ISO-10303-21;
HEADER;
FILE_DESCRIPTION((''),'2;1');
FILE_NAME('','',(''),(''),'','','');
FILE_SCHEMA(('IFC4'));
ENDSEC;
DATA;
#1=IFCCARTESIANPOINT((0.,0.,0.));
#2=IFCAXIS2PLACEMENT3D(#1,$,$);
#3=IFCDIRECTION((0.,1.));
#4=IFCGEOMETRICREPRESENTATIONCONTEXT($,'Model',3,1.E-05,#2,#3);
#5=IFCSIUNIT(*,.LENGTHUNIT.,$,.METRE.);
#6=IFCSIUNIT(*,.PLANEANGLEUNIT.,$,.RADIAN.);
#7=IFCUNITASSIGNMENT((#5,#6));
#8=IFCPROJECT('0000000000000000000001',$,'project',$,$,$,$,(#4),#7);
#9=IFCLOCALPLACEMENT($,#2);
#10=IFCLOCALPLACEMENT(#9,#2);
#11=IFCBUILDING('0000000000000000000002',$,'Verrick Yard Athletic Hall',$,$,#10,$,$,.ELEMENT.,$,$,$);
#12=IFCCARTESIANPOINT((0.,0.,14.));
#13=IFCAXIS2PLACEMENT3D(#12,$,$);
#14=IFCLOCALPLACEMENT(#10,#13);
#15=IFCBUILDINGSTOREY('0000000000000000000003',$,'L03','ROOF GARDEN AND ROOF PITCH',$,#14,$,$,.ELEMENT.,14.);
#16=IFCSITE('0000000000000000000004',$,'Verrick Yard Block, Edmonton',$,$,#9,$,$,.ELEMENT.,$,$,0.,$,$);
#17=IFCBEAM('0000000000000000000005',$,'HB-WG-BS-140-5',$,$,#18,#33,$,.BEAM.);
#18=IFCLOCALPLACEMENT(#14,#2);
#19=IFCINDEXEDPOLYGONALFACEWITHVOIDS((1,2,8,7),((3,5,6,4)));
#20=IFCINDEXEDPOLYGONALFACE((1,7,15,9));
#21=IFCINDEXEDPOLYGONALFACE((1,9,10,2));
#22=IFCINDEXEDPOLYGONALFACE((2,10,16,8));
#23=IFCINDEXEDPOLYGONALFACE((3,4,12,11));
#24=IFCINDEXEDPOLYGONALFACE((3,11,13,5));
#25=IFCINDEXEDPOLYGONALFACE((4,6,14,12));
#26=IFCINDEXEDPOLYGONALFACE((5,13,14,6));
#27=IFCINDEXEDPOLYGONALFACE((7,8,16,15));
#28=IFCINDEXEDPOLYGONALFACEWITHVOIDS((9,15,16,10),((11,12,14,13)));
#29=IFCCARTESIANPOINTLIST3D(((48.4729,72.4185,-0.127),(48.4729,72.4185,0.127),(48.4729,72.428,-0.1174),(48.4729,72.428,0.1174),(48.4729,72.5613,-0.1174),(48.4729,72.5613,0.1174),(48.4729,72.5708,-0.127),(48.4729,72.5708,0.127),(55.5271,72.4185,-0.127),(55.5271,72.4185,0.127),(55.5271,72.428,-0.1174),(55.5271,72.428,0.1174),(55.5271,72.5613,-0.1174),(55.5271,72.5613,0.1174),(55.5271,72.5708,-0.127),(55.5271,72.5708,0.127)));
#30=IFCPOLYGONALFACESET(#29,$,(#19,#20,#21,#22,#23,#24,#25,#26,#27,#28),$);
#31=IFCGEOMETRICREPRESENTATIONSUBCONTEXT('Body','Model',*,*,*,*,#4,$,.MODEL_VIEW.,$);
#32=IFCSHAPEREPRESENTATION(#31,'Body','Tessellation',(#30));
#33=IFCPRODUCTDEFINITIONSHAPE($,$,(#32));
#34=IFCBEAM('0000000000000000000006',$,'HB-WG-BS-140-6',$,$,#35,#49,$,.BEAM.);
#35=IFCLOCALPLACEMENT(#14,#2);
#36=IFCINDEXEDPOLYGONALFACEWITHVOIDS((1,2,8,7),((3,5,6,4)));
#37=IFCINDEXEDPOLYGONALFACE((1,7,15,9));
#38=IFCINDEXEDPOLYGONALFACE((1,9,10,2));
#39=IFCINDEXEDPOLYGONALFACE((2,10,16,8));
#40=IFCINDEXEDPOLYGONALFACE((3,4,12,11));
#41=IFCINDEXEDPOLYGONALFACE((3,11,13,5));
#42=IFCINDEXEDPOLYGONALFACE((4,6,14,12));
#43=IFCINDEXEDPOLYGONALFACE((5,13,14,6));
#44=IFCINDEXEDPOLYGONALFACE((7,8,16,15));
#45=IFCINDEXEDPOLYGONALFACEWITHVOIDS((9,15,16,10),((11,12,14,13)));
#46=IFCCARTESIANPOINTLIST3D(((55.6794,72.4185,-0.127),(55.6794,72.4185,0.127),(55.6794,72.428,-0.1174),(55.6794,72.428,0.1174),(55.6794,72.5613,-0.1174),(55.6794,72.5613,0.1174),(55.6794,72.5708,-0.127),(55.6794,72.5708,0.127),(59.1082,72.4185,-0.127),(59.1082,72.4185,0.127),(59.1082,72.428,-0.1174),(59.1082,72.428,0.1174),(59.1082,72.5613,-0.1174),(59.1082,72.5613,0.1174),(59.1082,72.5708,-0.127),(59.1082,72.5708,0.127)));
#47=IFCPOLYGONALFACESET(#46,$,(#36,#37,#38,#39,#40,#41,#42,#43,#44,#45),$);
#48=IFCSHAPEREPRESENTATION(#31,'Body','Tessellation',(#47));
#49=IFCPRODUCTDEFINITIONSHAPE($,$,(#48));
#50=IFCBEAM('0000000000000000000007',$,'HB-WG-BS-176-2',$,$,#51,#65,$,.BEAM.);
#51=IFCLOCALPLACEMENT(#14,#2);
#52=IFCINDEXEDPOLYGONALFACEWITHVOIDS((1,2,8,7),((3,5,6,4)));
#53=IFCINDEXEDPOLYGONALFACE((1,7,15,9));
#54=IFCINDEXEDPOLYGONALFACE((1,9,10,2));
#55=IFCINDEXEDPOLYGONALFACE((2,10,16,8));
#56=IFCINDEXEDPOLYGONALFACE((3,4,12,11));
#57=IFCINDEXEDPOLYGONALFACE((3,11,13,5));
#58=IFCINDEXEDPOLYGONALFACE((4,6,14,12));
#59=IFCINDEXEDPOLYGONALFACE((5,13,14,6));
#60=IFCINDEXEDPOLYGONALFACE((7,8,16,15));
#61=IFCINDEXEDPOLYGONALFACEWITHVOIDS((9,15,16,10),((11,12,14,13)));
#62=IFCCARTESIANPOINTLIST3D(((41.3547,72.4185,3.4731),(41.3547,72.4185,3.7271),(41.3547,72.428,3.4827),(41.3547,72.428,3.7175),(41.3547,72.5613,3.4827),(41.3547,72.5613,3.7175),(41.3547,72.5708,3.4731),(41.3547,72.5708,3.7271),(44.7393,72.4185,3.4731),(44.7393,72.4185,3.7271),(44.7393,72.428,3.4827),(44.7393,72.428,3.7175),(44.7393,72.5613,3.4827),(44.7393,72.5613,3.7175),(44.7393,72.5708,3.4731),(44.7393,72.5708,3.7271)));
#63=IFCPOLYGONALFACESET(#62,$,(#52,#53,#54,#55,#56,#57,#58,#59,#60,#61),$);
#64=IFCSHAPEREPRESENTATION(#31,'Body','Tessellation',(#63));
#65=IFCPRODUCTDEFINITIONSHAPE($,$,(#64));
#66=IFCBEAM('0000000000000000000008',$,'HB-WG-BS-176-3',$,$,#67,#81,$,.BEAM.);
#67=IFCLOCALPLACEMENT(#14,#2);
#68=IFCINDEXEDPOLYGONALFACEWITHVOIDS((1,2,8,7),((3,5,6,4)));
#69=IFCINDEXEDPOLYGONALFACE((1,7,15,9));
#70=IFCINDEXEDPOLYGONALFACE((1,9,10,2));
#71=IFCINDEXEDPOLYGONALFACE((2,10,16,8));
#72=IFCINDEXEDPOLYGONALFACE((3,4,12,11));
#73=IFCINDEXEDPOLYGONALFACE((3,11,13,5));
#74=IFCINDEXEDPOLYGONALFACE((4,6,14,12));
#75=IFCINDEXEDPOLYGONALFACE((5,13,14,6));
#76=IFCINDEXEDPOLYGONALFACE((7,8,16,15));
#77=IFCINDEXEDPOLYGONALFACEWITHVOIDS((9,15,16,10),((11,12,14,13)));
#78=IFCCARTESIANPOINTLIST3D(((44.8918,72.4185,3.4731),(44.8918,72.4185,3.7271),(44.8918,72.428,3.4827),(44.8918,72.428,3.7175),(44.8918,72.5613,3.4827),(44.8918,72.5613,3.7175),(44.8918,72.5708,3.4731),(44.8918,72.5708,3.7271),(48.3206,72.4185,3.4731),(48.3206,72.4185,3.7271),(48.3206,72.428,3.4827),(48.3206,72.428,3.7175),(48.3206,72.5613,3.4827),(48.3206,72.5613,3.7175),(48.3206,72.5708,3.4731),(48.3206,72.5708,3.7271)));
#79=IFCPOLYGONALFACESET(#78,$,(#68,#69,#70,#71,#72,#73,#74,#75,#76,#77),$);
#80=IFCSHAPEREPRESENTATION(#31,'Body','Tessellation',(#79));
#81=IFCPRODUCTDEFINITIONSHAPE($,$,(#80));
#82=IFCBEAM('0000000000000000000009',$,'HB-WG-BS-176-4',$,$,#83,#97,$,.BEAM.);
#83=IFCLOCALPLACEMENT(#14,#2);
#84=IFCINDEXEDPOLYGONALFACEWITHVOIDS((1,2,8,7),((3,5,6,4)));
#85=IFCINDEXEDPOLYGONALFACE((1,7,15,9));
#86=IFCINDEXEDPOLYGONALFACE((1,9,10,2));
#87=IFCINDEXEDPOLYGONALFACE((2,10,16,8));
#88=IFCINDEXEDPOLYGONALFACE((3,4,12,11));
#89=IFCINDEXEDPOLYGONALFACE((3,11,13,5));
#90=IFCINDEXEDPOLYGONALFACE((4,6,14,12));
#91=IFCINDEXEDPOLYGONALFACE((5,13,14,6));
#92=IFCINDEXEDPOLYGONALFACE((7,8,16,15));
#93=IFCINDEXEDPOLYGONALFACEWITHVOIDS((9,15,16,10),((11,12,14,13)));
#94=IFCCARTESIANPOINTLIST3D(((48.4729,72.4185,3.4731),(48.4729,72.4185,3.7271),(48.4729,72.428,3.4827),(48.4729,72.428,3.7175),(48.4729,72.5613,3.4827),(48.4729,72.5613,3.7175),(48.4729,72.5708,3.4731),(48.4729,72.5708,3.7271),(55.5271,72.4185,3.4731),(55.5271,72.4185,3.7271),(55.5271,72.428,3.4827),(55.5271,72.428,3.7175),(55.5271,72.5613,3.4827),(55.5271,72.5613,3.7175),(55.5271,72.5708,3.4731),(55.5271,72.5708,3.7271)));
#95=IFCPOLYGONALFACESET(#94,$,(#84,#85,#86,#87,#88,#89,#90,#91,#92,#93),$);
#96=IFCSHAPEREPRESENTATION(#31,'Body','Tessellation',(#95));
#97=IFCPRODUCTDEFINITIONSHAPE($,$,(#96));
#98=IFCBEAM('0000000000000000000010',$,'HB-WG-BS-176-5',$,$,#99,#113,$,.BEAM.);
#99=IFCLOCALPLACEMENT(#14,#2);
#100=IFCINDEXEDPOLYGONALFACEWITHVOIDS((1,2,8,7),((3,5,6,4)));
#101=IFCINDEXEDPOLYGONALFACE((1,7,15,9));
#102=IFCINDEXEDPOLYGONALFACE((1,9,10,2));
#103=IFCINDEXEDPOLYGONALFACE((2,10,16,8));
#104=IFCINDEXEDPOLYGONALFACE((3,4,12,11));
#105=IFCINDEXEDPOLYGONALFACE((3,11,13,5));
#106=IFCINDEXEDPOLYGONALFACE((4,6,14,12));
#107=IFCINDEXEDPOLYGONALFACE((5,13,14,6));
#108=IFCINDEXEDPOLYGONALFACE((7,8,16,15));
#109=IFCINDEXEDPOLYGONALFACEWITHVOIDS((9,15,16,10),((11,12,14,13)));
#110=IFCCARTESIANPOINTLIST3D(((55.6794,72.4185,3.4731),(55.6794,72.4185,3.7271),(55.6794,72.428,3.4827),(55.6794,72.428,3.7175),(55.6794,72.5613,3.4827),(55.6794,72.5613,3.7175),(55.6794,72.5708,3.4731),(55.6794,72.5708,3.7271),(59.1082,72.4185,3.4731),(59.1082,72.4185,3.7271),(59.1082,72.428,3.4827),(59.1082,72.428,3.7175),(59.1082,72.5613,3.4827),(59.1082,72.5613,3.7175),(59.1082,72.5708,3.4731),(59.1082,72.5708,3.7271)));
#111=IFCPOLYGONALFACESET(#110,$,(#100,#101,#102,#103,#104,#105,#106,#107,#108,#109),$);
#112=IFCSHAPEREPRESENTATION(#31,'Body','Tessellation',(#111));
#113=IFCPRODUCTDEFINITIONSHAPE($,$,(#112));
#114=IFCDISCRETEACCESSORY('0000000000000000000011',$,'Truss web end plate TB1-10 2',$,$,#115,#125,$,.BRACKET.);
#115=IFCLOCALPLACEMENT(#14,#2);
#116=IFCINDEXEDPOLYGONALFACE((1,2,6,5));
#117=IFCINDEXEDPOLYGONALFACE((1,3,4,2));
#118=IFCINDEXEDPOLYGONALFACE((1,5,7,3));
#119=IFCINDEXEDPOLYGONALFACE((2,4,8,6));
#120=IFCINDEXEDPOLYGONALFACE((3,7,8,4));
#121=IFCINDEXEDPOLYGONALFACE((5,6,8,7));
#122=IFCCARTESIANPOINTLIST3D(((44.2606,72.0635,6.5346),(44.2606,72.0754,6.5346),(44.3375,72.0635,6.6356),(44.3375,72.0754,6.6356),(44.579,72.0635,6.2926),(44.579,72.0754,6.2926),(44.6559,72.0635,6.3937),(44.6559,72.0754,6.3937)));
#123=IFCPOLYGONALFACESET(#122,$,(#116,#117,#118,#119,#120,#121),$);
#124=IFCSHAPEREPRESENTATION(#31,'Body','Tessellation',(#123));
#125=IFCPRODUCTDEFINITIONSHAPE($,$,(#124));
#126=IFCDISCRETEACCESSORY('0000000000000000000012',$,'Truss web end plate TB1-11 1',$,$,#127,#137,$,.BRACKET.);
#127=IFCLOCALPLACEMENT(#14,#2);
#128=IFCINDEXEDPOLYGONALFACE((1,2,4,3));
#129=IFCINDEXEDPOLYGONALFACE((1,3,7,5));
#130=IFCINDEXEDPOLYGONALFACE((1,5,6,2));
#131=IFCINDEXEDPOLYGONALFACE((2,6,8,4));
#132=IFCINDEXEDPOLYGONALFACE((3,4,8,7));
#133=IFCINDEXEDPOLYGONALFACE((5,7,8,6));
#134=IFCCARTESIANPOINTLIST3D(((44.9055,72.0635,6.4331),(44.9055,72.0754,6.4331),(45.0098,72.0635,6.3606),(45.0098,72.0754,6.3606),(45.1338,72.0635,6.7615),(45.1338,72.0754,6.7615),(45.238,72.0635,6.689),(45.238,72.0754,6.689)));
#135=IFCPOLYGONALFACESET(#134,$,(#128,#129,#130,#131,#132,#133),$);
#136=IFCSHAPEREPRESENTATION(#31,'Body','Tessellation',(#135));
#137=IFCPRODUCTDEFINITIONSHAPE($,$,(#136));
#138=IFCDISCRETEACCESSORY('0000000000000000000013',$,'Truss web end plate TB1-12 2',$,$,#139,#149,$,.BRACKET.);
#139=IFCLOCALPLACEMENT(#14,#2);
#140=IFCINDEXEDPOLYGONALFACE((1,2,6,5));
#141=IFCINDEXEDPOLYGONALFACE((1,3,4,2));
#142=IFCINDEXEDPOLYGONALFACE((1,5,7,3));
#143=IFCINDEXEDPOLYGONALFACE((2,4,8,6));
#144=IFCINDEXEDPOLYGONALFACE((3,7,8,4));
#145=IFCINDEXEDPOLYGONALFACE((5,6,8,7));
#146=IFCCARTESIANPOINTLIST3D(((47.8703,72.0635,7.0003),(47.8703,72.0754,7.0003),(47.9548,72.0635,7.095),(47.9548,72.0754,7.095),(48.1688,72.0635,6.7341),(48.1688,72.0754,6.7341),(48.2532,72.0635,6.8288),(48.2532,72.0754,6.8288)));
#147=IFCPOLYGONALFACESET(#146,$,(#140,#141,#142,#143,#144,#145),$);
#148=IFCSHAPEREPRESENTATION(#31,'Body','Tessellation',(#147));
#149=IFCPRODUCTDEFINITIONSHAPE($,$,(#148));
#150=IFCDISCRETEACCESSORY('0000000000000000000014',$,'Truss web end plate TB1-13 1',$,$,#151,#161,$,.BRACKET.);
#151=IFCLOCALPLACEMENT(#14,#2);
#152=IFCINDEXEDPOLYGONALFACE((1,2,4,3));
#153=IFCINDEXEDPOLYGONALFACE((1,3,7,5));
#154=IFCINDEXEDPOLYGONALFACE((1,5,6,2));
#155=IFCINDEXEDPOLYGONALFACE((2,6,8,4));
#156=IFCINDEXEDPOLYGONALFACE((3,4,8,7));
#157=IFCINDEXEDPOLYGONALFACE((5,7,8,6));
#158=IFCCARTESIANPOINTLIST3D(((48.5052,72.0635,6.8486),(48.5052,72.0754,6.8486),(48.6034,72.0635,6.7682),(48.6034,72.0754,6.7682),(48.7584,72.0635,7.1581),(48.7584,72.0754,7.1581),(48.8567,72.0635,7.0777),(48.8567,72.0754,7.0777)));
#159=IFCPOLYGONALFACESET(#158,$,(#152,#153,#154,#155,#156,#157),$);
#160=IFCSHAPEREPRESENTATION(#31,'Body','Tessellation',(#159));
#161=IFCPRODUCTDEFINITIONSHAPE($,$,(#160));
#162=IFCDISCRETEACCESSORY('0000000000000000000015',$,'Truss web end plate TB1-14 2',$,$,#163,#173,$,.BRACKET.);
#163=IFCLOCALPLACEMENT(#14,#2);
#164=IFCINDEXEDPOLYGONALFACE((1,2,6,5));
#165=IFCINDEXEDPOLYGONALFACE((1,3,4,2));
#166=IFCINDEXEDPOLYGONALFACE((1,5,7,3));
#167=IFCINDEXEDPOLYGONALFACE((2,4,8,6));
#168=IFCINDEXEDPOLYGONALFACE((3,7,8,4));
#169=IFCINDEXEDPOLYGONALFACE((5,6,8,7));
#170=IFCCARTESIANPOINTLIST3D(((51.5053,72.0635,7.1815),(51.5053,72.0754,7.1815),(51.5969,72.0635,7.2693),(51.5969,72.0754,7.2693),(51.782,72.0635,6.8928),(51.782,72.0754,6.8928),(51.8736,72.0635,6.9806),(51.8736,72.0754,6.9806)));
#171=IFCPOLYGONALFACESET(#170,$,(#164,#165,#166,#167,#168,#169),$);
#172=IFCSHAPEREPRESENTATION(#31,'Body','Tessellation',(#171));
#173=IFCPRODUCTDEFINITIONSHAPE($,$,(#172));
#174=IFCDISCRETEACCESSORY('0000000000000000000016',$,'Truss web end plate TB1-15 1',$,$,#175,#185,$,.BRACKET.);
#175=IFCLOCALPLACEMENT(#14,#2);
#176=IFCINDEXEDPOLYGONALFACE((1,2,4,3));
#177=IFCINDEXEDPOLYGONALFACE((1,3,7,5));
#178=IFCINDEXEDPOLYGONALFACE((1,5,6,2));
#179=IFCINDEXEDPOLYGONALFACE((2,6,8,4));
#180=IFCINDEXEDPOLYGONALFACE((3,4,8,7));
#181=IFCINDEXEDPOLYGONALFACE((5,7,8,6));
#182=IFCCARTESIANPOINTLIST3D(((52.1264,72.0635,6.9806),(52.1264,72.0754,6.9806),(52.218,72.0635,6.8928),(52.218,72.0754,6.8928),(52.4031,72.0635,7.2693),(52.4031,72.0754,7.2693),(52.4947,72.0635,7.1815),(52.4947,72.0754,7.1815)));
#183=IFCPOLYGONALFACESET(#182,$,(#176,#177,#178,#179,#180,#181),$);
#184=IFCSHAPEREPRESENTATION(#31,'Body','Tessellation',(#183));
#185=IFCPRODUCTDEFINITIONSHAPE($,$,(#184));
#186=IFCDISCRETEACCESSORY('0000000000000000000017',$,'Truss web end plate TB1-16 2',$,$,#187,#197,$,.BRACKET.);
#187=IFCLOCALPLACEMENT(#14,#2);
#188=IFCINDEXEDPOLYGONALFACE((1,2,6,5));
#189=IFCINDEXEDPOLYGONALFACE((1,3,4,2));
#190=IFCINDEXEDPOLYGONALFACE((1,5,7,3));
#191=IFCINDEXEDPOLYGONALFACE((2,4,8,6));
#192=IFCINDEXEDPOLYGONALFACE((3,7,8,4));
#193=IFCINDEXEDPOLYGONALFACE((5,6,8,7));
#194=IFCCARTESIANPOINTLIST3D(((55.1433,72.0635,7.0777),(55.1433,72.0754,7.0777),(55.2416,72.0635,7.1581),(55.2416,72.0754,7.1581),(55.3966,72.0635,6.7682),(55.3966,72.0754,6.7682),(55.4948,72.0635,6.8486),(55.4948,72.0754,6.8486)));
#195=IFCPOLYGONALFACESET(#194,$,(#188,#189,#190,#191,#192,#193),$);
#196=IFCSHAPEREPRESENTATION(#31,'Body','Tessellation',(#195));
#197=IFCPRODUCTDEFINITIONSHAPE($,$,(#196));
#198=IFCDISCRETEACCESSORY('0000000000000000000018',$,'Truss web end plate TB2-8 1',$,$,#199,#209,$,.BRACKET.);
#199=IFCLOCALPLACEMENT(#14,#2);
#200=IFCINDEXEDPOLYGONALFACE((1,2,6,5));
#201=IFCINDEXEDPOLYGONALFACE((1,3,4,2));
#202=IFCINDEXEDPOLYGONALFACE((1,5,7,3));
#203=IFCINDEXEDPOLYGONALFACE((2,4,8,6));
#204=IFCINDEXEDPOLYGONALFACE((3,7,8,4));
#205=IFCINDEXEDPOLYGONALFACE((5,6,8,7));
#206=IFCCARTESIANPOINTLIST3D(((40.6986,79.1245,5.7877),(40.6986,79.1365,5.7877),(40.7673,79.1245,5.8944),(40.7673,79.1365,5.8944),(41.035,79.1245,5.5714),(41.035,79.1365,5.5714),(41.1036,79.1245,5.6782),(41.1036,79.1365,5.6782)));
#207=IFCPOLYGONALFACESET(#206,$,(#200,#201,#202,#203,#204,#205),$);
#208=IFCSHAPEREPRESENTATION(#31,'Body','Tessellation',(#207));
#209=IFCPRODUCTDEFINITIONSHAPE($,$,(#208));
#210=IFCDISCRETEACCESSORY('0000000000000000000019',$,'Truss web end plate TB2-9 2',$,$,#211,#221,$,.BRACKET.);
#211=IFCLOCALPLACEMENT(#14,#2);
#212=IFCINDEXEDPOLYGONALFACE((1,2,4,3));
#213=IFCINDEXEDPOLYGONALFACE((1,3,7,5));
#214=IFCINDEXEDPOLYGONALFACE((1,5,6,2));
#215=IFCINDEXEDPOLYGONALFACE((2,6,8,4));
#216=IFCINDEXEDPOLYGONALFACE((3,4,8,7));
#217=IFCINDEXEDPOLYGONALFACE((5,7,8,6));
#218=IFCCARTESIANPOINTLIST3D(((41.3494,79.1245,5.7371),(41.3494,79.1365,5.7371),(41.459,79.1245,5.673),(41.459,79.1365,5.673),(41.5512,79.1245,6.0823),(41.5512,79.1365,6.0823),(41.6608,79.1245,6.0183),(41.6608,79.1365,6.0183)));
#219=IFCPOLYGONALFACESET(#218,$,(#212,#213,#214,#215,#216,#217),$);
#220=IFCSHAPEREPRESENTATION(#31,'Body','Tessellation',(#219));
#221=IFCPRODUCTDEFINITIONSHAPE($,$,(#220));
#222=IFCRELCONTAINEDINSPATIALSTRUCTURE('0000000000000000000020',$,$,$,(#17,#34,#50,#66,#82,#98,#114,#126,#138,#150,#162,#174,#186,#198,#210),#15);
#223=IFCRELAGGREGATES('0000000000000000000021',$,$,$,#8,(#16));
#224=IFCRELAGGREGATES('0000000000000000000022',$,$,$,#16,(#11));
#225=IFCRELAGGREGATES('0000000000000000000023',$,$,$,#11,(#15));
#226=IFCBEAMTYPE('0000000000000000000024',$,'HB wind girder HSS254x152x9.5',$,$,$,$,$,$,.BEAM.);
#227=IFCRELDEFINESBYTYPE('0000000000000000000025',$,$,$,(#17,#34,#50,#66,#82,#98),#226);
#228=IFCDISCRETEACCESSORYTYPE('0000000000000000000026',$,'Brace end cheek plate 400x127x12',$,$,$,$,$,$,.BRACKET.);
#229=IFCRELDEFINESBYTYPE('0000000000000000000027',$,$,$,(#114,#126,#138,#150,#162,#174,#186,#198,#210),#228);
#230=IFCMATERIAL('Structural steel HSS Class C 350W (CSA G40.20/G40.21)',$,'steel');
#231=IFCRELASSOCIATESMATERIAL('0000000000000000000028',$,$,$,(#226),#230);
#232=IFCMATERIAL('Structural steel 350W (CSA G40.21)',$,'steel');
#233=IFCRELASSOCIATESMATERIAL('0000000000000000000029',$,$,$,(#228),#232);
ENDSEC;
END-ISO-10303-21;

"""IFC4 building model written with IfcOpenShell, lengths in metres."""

from ifc_helpers import new_model, si_unit, direction, frame, origin, origin_2d, place, context, subcontext, project, spatial, rectangle, hollow_rectangle, extrude, material, material_profile, profile_set, type_object, element, save


model = new_model("IFC4")

# Units and contexts
model_context = context("Model", 3, precision=1e-05, world=origin(), true_north=direction((0.0, 1.0)))
body_context = subcontext(model_context, "Body", "Model", "MODEL_VIEW")
ifc_project = project(units=[si_unit("LENGTHUNIT", "METRE"), si_unit("PLANEANGLEUNIT", "RADIAN")], contexts=[model_context])

# Site, building, storey
site_placement = place(None, origin())
site = spatial("IfcSite", under=ifc_project, at=site_placement, Name="Verrick Yard Block, Edmonton", CompositionType="ELEMENT", RefElevation=0.0)
building_placement = place(site_placement, origin())
building = spatial("IfcBuilding", under=site, at=building_placement, Name="Verrick Yard Athletic Hall", CompositionType="ELEMENT")
storey_placement = place(building_placement, frame((0.0, 0.0, 14.0)))
storey = spatial("IfcBuildingStorey", under=building, at=storey_placement, Name="L03", Description="ROOF GARDEN AND ROOF PITCH", CompositionType="ELEMENT", Elevation=14.0)

# Shared definitions
ifc_material_1 = material(Name="Structural steel HSS Class C 350W (CSA G40.20/G40.21)", Category="steel")

# Beams
ifc_material_profile_1 = material_profile(ifc_material_1, hollow_rectangle(XDim=0.1523, YDim=0.2539, WallThickness=0.0095, at=origin_2d()), Name="HSS254x152x9.5")
ifc_profile_set_1 = profile_set([ifc_material_profile_1], Name="Structural steel HSS Class C 350W (CSA G40.20/G40.21)")
beam_type = type_object("IfcBeamType", Name="HB wind girder HSS254x152x9.5", PredefinedType="BEAM", material=ifc_profile_set_1)
beam_1_placement = place(storey_placement, frame((48.4729, 72.4946, 0.0), z_axis=(1.0, 0.0, 0.0), x_axis=(0.0, 1.0, 0.0)))
element("IfcBeam", 1, at=beam_1_placement, inside=storey, type_object=beam_type, Name="HB-WG-BS-140-5", PredefinedType="BEAM", context=body_context, shape_type="SweptSolid", body=[
    extrude(hollow_rectangle(XDim=0.1523, YDim=0.2539, WallThickness=0.0095, at=origin_2d()), origin(), (0.0, 0.0, 1.0), 7.0542),
])
beam_2_placement = place(storey_placement, frame((55.6794, 72.4946, 0.0), z_axis=(1.0, 0.0, 0.0), x_axis=(0.0, 1.0, 0.0)))
element("IfcBeam", 2, at=beam_2_placement, inside=storey, type_object=beam_type, Name="HB-WG-BS-140-6", PredefinedType="BEAM", context=body_context, shape_type="SweptSolid", body=[
    extrude(hollow_rectangle(XDim=0.1523, YDim=0.2539, WallThickness=0.0095, at=origin_2d()), origin(), (0.0, 0.0, 1.0), 3.4287),
])
beam_3_placement = place(storey_placement, frame((41.3547, 72.4946, 3.6001), z_axis=(1.0, 0.0, 0.0), x_axis=(0.0, 1.0, 0.0)))
element("IfcBeam", 3, at=beam_3_placement, inside=storey, type_object=beam_type, Name="HB-WG-BS-176-2", PredefinedType="BEAM", context=body_context, shape_type="SweptSolid", body=[
    extrude(hollow_rectangle(XDim=0.1523, YDim=0.2539, WallThickness=0.0095, at=origin_2d()), origin(), (0.0, 0.0, 1.0), 3.3845),
])
beam_4_placement = place(storey_placement, frame((44.8918, 72.4946, 3.6001), z_axis=(1.0, 0.0, 0.0), x_axis=(0.0, 1.0, 0.0)))
element("IfcBeam", 4, at=beam_4_placement, inside=storey, type_object=beam_type, Name="HB-WG-BS-176-3", PredefinedType="BEAM", context=body_context, shape_type="SweptSolid", body=[
    extrude(hollow_rectangle(XDim=0.1523, YDim=0.2539, WallThickness=0.0095, at=origin_2d()), origin(), (0.0, 0.0, 1.0), 3.4287),
])
beam_5_placement = place(storey_placement, frame((48.4729, 72.4946, 3.6001), z_axis=(1.0, 0.0, 0.0), x_axis=(0.0, 1.0, 0.0)))
element("IfcBeam", 5, at=beam_5_placement, inside=storey, type_object=beam_type, Name="HB-WG-BS-176-4", PredefinedType="BEAM", context=body_context, shape_type="SweptSolid", body=[
    extrude(hollow_rectangle(XDim=0.1523, YDim=0.2539, WallThickness=0.0095, at=origin_2d()), origin(), (0.0, 0.0, 1.0), 7.0542),
])
beam_6_placement = place(storey_placement, frame((55.6794, 72.4946, 3.6001), z_axis=(1.0, 0.0, 0.0), x_axis=(0.0, 1.0, 0.0)))
element("IfcBeam", 6, at=beam_6_placement, inside=storey, type_object=beam_type, Name="HB-WG-BS-176-5", PredefinedType="BEAM", context=body_context, shape_type="SweptSolid", body=[
    extrude(hollow_rectangle(XDim=0.1523, YDim=0.2539, WallThickness=0.0095, at=origin_2d()), origin(), (0.0, 0.0, 1.0), 3.4287),
])

# Discrete accessories
ifc_material_2 = material(Name="Structural steel 350W (CSA G40.21)", Category="steel")
ifc_material_profile_2 = material_profile(ifc_material_2, rectangle(XDim=0.3999, YDim=0.127, at=origin_2d()), Name="Brace end cheek plate")
ifc_profile_set_2 = profile_set([ifc_material_profile_2], Name="Structural steel 350W (CSA G40.21)")
discrete_accessory_type_1 = type_object("IfcDiscreteAccessoryType", Name="Brace end cheek plate 400x127x12", PredefinedType="BRACKET", material=ifc_profile_set_2)
for number, where, z_axis, x_axis, name in (
    (7, (44.4583, 72.0635, 6.4641), (0.0, 1.0, 0.0), (-0.796193, 0.0, 0.605042), "Truss web end plate TB1-10 2"),
    (8, (45.0718, 72.0635, 6.561), (0.0, 1.0, 0.0), (0.570674, 0.0, 0.821176), "Truss web end plate TB1-11 1"),
    (9, (48.0618, 72.0635, 6.9146), (0.0, 1.0, 0.0), (-0.746352, 0.0, 0.665551), "Truss web end plate TB1-12 2"),
    (10, (48.6809, 72.0635, 6.9631), (0.0, 1.0, 0.0), (0.633246, 0.0, 0.773951), "Truss web end plate TB1-13 1"),
    (11, (51.6895, 72.0635, 7.0811), (0.0, 1.0, 0.0), (-0.691925, 0.0, 0.721969), "Truss web end plate TB1-14 2"),
    (12, (52.3105, 72.0635, 7.0811), (0.0, 1.0, 0.0), (0.691925, 0.0, 0.721969), "Truss web end plate TB1-15 1"),
    (13, (55.3191, 72.0635, 6.9631), (0.0, 1.0, 0.0), (-0.633246, 0.0, 0.773951), "Truss web end plate TB1-16 2"),
    (14, (40.9011, 79.1365, 5.7329), (0.0, -1.0, 0.0), (-0.841141, 0.0, 0.540816), "Truss web end plate TB2-8 1"),
    (15, (41.5051, 79.1365, 5.8777), (0.0, -1.0, 0.0), (0.504597, 0.0, 0.863355), "Truss web end plate TB2-9 2"),
):
    element("IfcDiscreteAccessory", number, at=place(storey_placement, frame(where, z_axis=z_axis, x_axis=x_axis)), inside=storey, type_object=discrete_accessory_type_1, Name=name, PredefinedType="BRACKET", context=body_context, shape_type="SweptSolid", body=[
        extrude(rectangle(XDim=0.3999, YDim=0.127, at=origin_2d()), origin(), (0.0, 0.0, 1.0), 0.012),
    ])

save(model, "model.ifc")
